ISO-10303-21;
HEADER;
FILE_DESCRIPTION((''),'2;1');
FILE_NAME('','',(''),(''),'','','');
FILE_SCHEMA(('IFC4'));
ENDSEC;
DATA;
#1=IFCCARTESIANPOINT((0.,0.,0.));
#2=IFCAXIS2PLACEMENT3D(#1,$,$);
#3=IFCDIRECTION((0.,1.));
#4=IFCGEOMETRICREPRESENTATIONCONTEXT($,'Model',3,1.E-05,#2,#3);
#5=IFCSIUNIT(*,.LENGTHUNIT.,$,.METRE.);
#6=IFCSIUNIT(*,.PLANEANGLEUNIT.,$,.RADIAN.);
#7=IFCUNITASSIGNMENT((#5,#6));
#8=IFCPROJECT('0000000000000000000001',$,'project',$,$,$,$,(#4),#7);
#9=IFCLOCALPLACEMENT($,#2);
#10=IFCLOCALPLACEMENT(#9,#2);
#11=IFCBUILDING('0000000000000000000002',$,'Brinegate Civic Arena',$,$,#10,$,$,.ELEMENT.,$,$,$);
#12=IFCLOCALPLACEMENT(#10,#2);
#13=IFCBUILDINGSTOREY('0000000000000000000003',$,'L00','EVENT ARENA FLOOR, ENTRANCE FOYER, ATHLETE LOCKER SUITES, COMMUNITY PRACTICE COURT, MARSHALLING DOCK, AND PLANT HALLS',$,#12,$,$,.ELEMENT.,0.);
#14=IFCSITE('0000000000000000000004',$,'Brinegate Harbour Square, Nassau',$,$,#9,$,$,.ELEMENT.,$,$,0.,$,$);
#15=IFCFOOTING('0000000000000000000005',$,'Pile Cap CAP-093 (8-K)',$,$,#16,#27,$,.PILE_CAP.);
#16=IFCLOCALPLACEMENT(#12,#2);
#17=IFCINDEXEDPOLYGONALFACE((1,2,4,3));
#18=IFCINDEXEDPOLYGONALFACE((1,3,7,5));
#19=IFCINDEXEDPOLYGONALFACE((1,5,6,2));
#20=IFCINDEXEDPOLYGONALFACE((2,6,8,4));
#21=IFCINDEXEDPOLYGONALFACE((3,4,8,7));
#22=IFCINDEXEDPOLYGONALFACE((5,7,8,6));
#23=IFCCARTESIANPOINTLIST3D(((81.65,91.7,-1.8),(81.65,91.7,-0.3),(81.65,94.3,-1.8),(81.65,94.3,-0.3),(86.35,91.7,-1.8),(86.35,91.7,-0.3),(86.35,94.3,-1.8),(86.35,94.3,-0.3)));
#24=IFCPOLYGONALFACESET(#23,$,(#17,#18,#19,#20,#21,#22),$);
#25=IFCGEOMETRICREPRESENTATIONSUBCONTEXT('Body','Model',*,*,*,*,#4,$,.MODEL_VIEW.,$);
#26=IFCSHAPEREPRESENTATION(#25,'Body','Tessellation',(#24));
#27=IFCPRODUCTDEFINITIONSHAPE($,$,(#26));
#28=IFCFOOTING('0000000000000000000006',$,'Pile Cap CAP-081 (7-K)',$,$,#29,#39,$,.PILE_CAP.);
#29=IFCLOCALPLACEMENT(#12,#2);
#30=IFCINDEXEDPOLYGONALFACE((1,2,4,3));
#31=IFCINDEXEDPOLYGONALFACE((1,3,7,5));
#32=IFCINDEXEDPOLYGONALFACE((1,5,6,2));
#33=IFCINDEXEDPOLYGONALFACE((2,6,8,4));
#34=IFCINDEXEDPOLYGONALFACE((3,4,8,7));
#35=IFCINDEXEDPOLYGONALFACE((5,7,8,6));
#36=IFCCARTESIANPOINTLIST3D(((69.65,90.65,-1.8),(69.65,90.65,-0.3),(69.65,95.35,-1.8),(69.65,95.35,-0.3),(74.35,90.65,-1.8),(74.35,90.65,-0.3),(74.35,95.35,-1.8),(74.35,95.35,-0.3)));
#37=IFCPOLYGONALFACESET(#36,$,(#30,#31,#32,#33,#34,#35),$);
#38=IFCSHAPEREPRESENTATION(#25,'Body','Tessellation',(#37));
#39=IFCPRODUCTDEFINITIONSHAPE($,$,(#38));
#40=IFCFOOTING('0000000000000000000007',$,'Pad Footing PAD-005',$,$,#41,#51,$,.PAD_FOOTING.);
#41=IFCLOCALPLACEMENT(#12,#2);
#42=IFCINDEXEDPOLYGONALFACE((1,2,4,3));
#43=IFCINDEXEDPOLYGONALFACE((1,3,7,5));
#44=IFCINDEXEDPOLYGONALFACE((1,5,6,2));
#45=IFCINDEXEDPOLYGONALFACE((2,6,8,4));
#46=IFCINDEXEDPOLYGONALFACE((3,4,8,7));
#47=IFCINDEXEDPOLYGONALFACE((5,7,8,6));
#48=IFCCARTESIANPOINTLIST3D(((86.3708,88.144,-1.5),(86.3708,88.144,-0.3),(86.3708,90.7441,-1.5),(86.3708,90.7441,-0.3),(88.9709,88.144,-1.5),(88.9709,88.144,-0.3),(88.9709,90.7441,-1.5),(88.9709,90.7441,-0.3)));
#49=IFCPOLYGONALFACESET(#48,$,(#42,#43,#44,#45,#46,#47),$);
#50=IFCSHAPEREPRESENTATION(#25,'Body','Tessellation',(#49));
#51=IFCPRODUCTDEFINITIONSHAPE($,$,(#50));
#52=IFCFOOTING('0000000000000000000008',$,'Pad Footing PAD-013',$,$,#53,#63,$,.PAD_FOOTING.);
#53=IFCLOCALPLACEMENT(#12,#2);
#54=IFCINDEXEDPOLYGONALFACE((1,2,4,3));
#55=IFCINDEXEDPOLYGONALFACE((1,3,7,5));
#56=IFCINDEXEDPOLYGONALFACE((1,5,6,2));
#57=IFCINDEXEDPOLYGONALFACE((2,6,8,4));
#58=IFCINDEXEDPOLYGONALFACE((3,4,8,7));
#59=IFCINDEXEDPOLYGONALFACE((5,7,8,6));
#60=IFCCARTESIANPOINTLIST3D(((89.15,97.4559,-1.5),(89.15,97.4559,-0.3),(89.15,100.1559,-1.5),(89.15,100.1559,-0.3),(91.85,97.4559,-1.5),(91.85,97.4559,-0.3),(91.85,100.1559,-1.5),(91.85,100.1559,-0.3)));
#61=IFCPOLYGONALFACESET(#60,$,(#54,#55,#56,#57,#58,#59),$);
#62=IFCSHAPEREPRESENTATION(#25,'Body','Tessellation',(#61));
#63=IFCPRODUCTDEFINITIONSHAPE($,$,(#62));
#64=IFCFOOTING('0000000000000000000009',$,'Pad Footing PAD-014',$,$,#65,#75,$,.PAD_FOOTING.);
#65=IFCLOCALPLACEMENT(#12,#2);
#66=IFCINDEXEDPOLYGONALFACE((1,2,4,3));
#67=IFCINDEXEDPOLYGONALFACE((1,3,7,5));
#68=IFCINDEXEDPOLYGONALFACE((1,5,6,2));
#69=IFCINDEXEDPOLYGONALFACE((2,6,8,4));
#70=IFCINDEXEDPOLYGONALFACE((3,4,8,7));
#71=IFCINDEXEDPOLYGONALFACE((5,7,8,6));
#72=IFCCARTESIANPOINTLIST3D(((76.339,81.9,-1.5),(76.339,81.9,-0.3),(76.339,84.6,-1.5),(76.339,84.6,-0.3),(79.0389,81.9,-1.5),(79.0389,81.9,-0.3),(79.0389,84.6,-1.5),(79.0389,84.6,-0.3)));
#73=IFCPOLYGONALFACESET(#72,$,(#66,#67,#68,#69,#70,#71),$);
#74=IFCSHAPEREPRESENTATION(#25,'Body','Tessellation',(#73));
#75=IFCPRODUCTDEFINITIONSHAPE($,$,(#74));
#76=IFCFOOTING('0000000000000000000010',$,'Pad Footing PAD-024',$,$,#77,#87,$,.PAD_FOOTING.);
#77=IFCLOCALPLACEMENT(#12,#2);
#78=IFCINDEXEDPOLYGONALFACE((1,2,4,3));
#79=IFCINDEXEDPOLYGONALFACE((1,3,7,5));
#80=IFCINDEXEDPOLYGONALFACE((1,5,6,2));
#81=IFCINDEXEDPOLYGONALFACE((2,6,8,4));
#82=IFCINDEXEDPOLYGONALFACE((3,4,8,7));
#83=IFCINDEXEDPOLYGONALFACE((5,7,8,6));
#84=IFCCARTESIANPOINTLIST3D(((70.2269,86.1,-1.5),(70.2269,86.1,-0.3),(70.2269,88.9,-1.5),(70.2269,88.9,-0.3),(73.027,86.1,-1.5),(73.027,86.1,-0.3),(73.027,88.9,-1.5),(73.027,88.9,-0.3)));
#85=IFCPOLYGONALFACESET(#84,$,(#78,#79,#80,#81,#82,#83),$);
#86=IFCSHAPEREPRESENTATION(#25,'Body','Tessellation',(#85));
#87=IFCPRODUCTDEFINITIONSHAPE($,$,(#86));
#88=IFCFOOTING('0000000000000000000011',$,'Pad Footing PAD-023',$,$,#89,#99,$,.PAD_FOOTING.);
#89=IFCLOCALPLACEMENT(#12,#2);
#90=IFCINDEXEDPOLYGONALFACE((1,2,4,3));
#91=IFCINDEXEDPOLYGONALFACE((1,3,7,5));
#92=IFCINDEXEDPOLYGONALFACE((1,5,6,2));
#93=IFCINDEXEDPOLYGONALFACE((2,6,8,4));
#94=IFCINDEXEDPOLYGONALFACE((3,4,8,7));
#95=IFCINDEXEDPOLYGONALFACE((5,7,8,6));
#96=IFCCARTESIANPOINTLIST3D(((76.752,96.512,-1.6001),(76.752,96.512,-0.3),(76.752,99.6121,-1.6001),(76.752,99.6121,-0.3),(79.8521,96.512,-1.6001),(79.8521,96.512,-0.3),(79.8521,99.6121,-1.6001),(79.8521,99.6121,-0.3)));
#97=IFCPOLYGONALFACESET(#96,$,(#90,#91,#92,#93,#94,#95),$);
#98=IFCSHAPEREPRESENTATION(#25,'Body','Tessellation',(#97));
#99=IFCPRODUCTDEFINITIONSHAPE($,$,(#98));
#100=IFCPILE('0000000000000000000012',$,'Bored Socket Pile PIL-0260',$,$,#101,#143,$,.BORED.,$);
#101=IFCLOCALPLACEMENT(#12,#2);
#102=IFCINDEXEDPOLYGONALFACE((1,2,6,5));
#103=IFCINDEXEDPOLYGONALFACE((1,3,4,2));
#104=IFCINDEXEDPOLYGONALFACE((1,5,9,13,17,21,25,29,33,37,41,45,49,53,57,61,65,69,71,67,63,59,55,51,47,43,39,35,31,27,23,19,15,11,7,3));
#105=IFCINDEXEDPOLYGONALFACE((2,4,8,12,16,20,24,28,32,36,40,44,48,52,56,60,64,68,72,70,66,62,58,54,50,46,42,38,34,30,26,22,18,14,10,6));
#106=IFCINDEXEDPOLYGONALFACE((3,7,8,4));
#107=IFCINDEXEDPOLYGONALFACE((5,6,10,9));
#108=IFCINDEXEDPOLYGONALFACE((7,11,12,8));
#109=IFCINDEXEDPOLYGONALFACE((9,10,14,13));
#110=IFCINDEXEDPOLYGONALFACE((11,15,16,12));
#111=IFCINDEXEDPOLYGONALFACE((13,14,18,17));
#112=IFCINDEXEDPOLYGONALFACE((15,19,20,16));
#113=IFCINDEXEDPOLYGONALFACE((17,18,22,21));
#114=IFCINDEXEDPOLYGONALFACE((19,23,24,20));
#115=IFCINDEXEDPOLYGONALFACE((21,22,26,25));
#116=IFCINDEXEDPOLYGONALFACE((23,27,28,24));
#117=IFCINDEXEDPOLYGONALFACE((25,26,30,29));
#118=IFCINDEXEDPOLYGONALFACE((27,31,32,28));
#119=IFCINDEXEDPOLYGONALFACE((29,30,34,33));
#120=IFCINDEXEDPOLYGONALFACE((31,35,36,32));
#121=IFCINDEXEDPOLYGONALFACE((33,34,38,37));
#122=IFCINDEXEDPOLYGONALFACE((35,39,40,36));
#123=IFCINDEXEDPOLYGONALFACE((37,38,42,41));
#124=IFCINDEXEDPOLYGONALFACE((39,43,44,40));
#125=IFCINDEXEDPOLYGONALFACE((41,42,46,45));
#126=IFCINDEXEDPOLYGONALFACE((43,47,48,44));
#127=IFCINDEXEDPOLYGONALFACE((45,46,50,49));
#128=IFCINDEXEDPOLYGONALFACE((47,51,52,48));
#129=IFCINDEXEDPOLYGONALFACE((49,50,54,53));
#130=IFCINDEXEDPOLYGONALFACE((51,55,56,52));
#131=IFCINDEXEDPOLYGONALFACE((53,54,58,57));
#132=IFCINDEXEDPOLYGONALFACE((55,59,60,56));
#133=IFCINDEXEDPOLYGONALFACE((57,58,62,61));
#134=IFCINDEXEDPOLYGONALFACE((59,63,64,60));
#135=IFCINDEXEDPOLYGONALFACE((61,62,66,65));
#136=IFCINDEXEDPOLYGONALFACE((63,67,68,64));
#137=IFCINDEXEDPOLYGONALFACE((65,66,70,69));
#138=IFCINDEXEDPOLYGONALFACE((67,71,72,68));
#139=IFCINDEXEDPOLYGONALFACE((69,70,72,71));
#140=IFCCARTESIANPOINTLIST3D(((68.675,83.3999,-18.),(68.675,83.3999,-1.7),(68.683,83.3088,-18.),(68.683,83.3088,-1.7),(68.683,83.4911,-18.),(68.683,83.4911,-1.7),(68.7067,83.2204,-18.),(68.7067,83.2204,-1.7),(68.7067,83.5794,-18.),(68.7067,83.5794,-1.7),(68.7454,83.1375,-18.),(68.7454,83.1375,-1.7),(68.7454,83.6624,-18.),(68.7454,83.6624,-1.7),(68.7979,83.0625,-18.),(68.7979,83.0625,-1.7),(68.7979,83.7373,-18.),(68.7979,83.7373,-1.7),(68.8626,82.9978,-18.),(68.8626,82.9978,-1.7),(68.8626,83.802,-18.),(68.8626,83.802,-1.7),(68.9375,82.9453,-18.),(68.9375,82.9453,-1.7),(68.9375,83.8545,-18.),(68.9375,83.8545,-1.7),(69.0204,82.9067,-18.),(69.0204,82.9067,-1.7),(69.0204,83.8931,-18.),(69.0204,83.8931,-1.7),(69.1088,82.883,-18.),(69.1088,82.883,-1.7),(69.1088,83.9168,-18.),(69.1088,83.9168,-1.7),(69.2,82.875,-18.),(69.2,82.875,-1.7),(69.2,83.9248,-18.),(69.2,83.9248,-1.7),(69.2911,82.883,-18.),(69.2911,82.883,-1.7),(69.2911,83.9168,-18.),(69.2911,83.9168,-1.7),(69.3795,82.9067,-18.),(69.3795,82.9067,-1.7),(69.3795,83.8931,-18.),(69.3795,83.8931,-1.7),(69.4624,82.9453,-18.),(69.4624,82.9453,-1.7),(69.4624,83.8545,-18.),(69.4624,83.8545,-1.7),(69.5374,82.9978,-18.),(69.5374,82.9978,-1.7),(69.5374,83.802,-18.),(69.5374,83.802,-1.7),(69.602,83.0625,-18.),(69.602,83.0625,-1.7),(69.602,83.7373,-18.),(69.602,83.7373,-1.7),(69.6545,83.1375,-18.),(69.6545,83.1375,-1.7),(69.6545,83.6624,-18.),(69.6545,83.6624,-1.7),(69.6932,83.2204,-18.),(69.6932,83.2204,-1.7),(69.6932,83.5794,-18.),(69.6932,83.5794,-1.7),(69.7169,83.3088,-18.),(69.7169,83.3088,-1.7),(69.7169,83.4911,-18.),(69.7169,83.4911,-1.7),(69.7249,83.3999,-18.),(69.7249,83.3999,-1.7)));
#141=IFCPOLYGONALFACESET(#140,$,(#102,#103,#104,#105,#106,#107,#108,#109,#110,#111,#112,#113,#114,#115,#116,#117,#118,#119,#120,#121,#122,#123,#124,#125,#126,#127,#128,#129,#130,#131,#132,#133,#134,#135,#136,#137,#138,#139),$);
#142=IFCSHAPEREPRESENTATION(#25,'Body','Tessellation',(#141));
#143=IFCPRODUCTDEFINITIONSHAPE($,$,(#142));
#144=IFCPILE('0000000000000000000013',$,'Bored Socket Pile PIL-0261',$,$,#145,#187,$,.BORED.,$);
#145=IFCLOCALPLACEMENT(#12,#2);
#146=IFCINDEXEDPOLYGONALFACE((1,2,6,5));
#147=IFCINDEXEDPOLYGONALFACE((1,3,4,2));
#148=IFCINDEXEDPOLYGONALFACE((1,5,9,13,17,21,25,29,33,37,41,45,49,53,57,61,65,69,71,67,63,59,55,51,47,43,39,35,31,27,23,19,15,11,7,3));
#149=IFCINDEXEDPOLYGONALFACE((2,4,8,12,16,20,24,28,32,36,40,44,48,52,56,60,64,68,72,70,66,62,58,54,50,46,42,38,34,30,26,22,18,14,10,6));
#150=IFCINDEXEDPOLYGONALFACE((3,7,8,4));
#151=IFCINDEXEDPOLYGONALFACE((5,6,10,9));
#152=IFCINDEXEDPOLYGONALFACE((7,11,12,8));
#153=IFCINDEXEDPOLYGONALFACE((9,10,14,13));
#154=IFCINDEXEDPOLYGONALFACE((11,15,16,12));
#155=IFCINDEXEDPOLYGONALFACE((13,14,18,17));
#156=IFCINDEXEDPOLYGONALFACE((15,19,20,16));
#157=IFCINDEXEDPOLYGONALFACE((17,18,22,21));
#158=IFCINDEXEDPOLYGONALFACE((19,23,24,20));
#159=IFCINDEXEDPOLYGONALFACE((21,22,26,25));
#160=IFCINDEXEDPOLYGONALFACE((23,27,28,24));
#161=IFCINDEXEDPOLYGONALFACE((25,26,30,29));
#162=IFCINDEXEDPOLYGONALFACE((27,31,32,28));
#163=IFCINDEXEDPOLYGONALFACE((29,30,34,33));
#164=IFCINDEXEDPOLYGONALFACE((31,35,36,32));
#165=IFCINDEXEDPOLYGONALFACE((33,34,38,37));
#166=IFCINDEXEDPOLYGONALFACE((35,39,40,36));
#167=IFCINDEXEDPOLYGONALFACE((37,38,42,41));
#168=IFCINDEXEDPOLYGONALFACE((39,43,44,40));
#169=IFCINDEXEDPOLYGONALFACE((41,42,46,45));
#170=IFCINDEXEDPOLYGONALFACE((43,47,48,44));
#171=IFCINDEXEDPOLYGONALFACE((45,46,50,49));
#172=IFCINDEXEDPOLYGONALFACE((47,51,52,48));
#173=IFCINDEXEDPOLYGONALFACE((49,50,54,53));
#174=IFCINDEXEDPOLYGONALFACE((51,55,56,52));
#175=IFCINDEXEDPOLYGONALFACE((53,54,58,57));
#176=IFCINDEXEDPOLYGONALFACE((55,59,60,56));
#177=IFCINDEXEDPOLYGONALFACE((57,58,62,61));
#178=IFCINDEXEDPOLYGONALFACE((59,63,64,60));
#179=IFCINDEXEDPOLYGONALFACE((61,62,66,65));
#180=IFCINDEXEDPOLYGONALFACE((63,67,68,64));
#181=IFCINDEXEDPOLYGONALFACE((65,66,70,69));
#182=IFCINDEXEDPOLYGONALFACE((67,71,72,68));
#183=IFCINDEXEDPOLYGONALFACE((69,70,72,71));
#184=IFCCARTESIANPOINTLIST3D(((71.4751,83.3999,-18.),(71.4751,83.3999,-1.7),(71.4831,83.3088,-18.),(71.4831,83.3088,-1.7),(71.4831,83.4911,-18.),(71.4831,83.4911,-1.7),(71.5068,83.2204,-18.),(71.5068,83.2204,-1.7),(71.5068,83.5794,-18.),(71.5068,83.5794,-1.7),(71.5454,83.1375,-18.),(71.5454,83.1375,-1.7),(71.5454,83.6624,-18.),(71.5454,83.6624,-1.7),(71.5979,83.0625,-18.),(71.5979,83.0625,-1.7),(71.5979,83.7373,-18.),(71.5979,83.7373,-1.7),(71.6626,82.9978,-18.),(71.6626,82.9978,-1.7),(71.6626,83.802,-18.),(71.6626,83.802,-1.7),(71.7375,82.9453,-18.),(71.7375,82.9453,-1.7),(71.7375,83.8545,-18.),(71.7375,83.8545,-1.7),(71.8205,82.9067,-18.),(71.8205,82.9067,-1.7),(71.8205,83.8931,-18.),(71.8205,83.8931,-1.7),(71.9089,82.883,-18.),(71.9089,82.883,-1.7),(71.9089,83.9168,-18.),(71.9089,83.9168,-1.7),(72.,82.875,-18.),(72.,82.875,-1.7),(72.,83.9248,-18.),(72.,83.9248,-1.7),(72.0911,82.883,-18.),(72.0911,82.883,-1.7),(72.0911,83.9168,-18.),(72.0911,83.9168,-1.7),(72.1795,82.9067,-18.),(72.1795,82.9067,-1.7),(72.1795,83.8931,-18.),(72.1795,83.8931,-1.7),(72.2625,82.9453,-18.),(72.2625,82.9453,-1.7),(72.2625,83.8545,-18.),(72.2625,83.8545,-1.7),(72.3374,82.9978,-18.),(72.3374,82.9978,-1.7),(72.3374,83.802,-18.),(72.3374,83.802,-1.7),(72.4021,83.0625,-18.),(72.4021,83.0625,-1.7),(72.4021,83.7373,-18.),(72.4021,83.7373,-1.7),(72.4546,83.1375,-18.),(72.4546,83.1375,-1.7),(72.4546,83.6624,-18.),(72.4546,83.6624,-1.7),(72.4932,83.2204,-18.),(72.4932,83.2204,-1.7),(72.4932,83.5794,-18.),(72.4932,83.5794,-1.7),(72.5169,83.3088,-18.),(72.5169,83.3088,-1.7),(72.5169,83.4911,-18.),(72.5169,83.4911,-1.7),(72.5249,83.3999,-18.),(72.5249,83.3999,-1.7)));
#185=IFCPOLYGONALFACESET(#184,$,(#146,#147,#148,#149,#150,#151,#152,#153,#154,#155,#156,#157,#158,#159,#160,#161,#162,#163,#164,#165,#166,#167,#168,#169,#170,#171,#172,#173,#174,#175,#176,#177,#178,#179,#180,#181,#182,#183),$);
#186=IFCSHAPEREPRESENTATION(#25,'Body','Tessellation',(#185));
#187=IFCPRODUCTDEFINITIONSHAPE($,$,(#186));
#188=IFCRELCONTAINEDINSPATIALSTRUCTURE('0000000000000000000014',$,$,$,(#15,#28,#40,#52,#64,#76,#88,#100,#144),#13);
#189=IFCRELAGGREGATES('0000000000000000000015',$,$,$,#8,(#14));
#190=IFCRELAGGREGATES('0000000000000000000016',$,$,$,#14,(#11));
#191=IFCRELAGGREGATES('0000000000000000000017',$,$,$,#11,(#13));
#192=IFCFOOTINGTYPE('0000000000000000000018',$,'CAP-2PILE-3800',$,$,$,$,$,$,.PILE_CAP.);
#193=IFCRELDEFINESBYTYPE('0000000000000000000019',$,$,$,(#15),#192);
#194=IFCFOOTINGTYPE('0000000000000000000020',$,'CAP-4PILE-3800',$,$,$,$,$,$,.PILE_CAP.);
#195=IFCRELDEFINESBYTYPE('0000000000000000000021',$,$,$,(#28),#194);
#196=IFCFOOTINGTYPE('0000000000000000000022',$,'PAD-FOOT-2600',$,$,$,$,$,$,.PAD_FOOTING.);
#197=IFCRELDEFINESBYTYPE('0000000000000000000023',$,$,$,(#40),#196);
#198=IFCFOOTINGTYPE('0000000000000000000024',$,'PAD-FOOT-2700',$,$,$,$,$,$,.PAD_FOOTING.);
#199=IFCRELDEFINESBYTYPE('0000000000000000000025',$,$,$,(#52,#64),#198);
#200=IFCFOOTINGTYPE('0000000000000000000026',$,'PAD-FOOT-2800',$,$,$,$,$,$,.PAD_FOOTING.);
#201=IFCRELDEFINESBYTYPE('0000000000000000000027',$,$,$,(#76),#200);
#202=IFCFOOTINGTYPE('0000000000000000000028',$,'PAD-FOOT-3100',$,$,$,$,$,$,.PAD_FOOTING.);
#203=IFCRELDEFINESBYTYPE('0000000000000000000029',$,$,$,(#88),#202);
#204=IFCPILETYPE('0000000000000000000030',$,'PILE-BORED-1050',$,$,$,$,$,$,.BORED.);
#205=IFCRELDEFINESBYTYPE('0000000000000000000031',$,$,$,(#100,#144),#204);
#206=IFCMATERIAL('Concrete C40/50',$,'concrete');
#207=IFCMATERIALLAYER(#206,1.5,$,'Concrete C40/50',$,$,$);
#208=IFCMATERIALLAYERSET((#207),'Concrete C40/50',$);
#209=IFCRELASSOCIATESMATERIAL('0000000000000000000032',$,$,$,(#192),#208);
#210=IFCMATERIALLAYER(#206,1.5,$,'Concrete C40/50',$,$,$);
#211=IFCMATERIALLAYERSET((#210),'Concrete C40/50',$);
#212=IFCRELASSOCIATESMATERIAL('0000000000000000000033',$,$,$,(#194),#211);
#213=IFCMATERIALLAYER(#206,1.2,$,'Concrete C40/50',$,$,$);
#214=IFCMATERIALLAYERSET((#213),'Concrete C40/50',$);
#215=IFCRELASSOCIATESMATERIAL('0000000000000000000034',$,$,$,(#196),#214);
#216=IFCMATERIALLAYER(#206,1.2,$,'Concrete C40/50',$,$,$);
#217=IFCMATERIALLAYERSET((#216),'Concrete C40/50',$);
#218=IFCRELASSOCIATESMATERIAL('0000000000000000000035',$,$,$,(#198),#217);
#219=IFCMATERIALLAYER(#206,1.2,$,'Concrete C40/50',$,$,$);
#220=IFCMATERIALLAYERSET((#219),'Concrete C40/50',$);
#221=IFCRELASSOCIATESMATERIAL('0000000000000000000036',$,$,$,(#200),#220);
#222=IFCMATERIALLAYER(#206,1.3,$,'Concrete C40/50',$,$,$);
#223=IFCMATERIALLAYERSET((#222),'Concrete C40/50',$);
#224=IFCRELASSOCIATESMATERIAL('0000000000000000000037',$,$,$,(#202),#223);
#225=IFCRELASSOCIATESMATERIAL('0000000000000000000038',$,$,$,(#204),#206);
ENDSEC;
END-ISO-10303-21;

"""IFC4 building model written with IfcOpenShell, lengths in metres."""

from ifc_helpers import new_model, si_unit, direction, frame, origin, origin_2d, place, context, subcontext, project, spatial, rectangle, circle, extrude, material, layer, layer_set, material_profile, profile_set, type_object, element, save


model = new_model("IFC4")

# Units and contexts
model_context = context("Model", 3, precision=1e-05, world=origin(), true_north=direction((0.0, 1.0)))
body_context = subcontext(model_context, "Body", "Model", "MODEL_VIEW")
ifc_project = project(units=[si_unit("LENGTHUNIT", "METRE"), si_unit("PLANEANGLEUNIT", "RADIAN")], contexts=[model_context])

# Site, building, storey
site_placement = place(None, origin())
site = spatial("IfcSite", under=ifc_project, at=site_placement, Name="Brinegate Harbour Square, Nassau", CompositionType="ELEMENT", RefElevation=0.0)
building_placement = place(site_placement, origin())
building = spatial("IfcBuilding", under=site, at=building_placement, Name="Brinegate Civic Arena", CompositionType="ELEMENT")
storey_placement = place(building_placement, origin())
storey = spatial("IfcBuildingStorey", under=building, at=storey_placement, Name="L00", Description="EVENT ARENA FLOOR, ENTRANCE FOYER, ATHLETE LOCKER SUITES, COMMUNITY PRACTICE COURT, MARSHALLING DOCK, AND PLANT HALLS", CompositionType="ELEMENT", Elevation=0.0)

# Footings
ifc_material_1 = material(Name="Concrete C40/50", Category="concrete")
ifc_layer_1 = layer(ifc_material_1, 1.5, Name="Concrete C40/50")
ifc_layer_set_1 = layer_set([ifc_layer_1], Name="Concrete C40/50")
footing_type_1 = type_object("IfcFootingType", Name="CAP-2PILE-3800", PredefinedType="PILE_CAP", material=ifc_layer_set_1)
footing_1_placement = place(storey_placement, frame((84.0, 93.0, -1.8), z_axis=(0.0, 0.0, 1.0), x_axis=(1.0, 0.0, 0.0)))
element("IfcFooting", 1, at=footing_1_placement, inside=storey, type_object=footing_type_1, Name="Pile Cap CAP-093 (8-K)", PredefinedType="PILE_CAP", context=body_context, shape_type="SweptSolid", body=[
    extrude(rectangle(XDim=4.7, YDim=2.6001, at=origin_2d()), origin(), (0.0, 0.0, 1.0), 1.5),
])
ifc_layer_2 = layer(ifc_material_1, 1.5, Name="Concrete C40/50")
ifc_layer_set_2 = layer_set([ifc_layer_2], Name="Concrete C40/50")
footing_type_2 = type_object("IfcFootingType", Name="CAP-4PILE-3800", PredefinedType="PILE_CAP", material=ifc_layer_set_2)
footing_2_placement = place(storey_placement, frame((72.0, 93.0, -1.8), z_axis=(0.0, 0.0, 1.0), x_axis=(1.0, 0.0, 0.0)))
element("IfcFooting", 2, at=footing_2_placement, inside=storey, type_object=footing_type_2, Name="Pile Cap CAP-081 (7-K)", PredefinedType="PILE_CAP", context=body_context, shape_type="SweptSolid", body=[
    extrude(rectangle(XDim=4.7, YDim=4.7, at=origin_2d()), origin(), (0.0, 0.0, 1.0), 1.5),
])
ifc_layer_3 = layer(ifc_material_1, 1.2, Name="Concrete C40/50")
ifc_layer_set_3 = layer_set([ifc_layer_3], Name="Concrete C40/50")
footing_type_3 = type_object("IfcFootingType", Name="PAD-FOOT-2600", PredefinedType="PAD_FOOTING", material=ifc_layer_set_3)
footing_3_placement = place(storey_placement, frame((87.6709, 89.4441, -1.5), z_axis=(0.0, 0.0, 1.0), x_axis=(1.0, 0.0, 0.0)))
element("IfcFooting", 3, at=footing_3_placement, inside=storey, type_object=footing_type_3, Name="Pad Footing PAD-005", PredefinedType="PAD_FOOTING", context=body_context, shape_type="SweptSolid", body=[
    extrude(rectangle(XDim=2.6001, YDim=2.6001, at=origin_2d()), origin(), (0.0, 0.0, 1.0), 1.2),
])
ifc_layer_4 = layer(ifc_material_1, 1.2, Name="Concrete C40/50")
ifc_layer_set_4 = layer_set([ifc_layer_4], Name="Concrete C40/50")
footing_type_4 = type_object("IfcFootingType", Name="PAD-FOOT-2700", PredefinedType="PAD_FOOTING", material=ifc_layer_set_4)
for number, where, z_axis, x_axis, name in (
    (4, (90.5, 98.8059, -1.5), (0.0, 0.0, 1.0), (1.0, 0.0, 0.0), "Pad Footing PAD-013"),
    (5, (77.689, 83.25, -1.5), (0.0, 0.0, 1.0), (1.0, 0.0, 0.0), "Pad Footing PAD-014"),
):
    element("IfcFooting", number, at=place(storey_placement, frame(where, z_axis=z_axis, x_axis=x_axis)), inside=storey, type_object=footing_type_4, Name=name, PredefinedType="PAD_FOOTING", context=body_context, shape_type="SweptSolid", body=[
        extrude(rectangle(XDim=2.7, YDim=2.7, at=origin_2d()), origin(), (0.0, 0.0, 1.0), 1.2),
    ])
ifc_layer_5 = layer(ifc_material_1, 1.2, Name="Concrete C40/50")
ifc_layer_set_5 = layer_set([ifc_layer_5], Name="Concrete C40/50")
footing_type_5 = type_object("IfcFootingType", Name="PAD-FOOT-2800", PredefinedType="PAD_FOOTING", material=ifc_layer_set_5)
footing_4_placement = place(storey_placement, frame((71.627, 87.5, -1.5), z_axis=(0.0, 0.0, 1.0), x_axis=(1.0, 0.0, 0.0)))
element("IfcFooting", 6, at=footing_4_placement, inside=storey, type_object=footing_type_5, Name="Pad Footing PAD-024", PredefinedType="PAD_FOOTING", context=body_context, shape_type="SweptSolid", body=[
    extrude(rectangle(XDim=2.8, YDim=2.8, at=origin_2d()), origin(), (0.0, 0.0, 1.0), 1.2),
])
ifc_layer_6 = layer(ifc_material_1, 1.3, Name="Concrete C40/50")
ifc_layer_set_6 = layer_set([ifc_layer_6], Name="Concrete C40/50")
footing_type_6 = type_object("IfcFootingType", Name="PAD-FOOT-3100", PredefinedType="PAD_FOOTING", material=ifc_layer_set_6)
footing_5_placement = place(storey_placement, frame((78.302, 98.062, -1.6001), z_axis=(0.0, 0.0, 1.0), x_axis=(1.0, 0.0, 0.0)))
element("IfcFooting", 7, at=footing_5_placement, inside=storey, type_object=footing_type_6, Name="Pad Footing PAD-023", PredefinedType="PAD_FOOTING", context=body_context, shape_type="SweptSolid", body=[
    extrude(rectangle(XDim=3.1001, YDim=3.1001, at=origin_2d()), origin(), (0.0, 0.0, 1.0), 1.3),
])

# Piles
ifc_material_profile_1 = material_profile(ifc_material_1, circle(Radius=0.5249, at=origin_2d()), Name="PILED1050")
ifc_profile_set_1 = profile_set([ifc_material_profile_1], Name="Concrete C40/50")
pile_type_1 = type_object("IfcPileType", Name="PILE-BORED-1050", PredefinedType="BORED", material=ifc_profile_set_1)
for number, where, z_axis, x_axis, name in (
    (8, (69.2, 83.3999, -1.7), (0.0, 0.0, -1.0), (1.0, 0.0, 0.0), "Bored Socket Pile PIL-0260"),
    (9, (72.0, 83.3999, -1.7), (0.0, 0.0, -1.0), (1.0, 0.0, 0.0), "Bored Socket Pile PIL-0261"),
):
    element("IfcPile", number, at=place(storey_placement, frame(where, z_axis=z_axis, x_axis=x_axis)), inside=storey, type_object=pile_type_1, Name=name, PredefinedType="BORED", context=body_context, shape_type="SweptSolid", body=[
        extrude(circle(Radius=0.5249, at=origin_2d()), origin(), (0.0, 0.0, 1.0), 16.3),
    ])

save(model, "model.ifc")
